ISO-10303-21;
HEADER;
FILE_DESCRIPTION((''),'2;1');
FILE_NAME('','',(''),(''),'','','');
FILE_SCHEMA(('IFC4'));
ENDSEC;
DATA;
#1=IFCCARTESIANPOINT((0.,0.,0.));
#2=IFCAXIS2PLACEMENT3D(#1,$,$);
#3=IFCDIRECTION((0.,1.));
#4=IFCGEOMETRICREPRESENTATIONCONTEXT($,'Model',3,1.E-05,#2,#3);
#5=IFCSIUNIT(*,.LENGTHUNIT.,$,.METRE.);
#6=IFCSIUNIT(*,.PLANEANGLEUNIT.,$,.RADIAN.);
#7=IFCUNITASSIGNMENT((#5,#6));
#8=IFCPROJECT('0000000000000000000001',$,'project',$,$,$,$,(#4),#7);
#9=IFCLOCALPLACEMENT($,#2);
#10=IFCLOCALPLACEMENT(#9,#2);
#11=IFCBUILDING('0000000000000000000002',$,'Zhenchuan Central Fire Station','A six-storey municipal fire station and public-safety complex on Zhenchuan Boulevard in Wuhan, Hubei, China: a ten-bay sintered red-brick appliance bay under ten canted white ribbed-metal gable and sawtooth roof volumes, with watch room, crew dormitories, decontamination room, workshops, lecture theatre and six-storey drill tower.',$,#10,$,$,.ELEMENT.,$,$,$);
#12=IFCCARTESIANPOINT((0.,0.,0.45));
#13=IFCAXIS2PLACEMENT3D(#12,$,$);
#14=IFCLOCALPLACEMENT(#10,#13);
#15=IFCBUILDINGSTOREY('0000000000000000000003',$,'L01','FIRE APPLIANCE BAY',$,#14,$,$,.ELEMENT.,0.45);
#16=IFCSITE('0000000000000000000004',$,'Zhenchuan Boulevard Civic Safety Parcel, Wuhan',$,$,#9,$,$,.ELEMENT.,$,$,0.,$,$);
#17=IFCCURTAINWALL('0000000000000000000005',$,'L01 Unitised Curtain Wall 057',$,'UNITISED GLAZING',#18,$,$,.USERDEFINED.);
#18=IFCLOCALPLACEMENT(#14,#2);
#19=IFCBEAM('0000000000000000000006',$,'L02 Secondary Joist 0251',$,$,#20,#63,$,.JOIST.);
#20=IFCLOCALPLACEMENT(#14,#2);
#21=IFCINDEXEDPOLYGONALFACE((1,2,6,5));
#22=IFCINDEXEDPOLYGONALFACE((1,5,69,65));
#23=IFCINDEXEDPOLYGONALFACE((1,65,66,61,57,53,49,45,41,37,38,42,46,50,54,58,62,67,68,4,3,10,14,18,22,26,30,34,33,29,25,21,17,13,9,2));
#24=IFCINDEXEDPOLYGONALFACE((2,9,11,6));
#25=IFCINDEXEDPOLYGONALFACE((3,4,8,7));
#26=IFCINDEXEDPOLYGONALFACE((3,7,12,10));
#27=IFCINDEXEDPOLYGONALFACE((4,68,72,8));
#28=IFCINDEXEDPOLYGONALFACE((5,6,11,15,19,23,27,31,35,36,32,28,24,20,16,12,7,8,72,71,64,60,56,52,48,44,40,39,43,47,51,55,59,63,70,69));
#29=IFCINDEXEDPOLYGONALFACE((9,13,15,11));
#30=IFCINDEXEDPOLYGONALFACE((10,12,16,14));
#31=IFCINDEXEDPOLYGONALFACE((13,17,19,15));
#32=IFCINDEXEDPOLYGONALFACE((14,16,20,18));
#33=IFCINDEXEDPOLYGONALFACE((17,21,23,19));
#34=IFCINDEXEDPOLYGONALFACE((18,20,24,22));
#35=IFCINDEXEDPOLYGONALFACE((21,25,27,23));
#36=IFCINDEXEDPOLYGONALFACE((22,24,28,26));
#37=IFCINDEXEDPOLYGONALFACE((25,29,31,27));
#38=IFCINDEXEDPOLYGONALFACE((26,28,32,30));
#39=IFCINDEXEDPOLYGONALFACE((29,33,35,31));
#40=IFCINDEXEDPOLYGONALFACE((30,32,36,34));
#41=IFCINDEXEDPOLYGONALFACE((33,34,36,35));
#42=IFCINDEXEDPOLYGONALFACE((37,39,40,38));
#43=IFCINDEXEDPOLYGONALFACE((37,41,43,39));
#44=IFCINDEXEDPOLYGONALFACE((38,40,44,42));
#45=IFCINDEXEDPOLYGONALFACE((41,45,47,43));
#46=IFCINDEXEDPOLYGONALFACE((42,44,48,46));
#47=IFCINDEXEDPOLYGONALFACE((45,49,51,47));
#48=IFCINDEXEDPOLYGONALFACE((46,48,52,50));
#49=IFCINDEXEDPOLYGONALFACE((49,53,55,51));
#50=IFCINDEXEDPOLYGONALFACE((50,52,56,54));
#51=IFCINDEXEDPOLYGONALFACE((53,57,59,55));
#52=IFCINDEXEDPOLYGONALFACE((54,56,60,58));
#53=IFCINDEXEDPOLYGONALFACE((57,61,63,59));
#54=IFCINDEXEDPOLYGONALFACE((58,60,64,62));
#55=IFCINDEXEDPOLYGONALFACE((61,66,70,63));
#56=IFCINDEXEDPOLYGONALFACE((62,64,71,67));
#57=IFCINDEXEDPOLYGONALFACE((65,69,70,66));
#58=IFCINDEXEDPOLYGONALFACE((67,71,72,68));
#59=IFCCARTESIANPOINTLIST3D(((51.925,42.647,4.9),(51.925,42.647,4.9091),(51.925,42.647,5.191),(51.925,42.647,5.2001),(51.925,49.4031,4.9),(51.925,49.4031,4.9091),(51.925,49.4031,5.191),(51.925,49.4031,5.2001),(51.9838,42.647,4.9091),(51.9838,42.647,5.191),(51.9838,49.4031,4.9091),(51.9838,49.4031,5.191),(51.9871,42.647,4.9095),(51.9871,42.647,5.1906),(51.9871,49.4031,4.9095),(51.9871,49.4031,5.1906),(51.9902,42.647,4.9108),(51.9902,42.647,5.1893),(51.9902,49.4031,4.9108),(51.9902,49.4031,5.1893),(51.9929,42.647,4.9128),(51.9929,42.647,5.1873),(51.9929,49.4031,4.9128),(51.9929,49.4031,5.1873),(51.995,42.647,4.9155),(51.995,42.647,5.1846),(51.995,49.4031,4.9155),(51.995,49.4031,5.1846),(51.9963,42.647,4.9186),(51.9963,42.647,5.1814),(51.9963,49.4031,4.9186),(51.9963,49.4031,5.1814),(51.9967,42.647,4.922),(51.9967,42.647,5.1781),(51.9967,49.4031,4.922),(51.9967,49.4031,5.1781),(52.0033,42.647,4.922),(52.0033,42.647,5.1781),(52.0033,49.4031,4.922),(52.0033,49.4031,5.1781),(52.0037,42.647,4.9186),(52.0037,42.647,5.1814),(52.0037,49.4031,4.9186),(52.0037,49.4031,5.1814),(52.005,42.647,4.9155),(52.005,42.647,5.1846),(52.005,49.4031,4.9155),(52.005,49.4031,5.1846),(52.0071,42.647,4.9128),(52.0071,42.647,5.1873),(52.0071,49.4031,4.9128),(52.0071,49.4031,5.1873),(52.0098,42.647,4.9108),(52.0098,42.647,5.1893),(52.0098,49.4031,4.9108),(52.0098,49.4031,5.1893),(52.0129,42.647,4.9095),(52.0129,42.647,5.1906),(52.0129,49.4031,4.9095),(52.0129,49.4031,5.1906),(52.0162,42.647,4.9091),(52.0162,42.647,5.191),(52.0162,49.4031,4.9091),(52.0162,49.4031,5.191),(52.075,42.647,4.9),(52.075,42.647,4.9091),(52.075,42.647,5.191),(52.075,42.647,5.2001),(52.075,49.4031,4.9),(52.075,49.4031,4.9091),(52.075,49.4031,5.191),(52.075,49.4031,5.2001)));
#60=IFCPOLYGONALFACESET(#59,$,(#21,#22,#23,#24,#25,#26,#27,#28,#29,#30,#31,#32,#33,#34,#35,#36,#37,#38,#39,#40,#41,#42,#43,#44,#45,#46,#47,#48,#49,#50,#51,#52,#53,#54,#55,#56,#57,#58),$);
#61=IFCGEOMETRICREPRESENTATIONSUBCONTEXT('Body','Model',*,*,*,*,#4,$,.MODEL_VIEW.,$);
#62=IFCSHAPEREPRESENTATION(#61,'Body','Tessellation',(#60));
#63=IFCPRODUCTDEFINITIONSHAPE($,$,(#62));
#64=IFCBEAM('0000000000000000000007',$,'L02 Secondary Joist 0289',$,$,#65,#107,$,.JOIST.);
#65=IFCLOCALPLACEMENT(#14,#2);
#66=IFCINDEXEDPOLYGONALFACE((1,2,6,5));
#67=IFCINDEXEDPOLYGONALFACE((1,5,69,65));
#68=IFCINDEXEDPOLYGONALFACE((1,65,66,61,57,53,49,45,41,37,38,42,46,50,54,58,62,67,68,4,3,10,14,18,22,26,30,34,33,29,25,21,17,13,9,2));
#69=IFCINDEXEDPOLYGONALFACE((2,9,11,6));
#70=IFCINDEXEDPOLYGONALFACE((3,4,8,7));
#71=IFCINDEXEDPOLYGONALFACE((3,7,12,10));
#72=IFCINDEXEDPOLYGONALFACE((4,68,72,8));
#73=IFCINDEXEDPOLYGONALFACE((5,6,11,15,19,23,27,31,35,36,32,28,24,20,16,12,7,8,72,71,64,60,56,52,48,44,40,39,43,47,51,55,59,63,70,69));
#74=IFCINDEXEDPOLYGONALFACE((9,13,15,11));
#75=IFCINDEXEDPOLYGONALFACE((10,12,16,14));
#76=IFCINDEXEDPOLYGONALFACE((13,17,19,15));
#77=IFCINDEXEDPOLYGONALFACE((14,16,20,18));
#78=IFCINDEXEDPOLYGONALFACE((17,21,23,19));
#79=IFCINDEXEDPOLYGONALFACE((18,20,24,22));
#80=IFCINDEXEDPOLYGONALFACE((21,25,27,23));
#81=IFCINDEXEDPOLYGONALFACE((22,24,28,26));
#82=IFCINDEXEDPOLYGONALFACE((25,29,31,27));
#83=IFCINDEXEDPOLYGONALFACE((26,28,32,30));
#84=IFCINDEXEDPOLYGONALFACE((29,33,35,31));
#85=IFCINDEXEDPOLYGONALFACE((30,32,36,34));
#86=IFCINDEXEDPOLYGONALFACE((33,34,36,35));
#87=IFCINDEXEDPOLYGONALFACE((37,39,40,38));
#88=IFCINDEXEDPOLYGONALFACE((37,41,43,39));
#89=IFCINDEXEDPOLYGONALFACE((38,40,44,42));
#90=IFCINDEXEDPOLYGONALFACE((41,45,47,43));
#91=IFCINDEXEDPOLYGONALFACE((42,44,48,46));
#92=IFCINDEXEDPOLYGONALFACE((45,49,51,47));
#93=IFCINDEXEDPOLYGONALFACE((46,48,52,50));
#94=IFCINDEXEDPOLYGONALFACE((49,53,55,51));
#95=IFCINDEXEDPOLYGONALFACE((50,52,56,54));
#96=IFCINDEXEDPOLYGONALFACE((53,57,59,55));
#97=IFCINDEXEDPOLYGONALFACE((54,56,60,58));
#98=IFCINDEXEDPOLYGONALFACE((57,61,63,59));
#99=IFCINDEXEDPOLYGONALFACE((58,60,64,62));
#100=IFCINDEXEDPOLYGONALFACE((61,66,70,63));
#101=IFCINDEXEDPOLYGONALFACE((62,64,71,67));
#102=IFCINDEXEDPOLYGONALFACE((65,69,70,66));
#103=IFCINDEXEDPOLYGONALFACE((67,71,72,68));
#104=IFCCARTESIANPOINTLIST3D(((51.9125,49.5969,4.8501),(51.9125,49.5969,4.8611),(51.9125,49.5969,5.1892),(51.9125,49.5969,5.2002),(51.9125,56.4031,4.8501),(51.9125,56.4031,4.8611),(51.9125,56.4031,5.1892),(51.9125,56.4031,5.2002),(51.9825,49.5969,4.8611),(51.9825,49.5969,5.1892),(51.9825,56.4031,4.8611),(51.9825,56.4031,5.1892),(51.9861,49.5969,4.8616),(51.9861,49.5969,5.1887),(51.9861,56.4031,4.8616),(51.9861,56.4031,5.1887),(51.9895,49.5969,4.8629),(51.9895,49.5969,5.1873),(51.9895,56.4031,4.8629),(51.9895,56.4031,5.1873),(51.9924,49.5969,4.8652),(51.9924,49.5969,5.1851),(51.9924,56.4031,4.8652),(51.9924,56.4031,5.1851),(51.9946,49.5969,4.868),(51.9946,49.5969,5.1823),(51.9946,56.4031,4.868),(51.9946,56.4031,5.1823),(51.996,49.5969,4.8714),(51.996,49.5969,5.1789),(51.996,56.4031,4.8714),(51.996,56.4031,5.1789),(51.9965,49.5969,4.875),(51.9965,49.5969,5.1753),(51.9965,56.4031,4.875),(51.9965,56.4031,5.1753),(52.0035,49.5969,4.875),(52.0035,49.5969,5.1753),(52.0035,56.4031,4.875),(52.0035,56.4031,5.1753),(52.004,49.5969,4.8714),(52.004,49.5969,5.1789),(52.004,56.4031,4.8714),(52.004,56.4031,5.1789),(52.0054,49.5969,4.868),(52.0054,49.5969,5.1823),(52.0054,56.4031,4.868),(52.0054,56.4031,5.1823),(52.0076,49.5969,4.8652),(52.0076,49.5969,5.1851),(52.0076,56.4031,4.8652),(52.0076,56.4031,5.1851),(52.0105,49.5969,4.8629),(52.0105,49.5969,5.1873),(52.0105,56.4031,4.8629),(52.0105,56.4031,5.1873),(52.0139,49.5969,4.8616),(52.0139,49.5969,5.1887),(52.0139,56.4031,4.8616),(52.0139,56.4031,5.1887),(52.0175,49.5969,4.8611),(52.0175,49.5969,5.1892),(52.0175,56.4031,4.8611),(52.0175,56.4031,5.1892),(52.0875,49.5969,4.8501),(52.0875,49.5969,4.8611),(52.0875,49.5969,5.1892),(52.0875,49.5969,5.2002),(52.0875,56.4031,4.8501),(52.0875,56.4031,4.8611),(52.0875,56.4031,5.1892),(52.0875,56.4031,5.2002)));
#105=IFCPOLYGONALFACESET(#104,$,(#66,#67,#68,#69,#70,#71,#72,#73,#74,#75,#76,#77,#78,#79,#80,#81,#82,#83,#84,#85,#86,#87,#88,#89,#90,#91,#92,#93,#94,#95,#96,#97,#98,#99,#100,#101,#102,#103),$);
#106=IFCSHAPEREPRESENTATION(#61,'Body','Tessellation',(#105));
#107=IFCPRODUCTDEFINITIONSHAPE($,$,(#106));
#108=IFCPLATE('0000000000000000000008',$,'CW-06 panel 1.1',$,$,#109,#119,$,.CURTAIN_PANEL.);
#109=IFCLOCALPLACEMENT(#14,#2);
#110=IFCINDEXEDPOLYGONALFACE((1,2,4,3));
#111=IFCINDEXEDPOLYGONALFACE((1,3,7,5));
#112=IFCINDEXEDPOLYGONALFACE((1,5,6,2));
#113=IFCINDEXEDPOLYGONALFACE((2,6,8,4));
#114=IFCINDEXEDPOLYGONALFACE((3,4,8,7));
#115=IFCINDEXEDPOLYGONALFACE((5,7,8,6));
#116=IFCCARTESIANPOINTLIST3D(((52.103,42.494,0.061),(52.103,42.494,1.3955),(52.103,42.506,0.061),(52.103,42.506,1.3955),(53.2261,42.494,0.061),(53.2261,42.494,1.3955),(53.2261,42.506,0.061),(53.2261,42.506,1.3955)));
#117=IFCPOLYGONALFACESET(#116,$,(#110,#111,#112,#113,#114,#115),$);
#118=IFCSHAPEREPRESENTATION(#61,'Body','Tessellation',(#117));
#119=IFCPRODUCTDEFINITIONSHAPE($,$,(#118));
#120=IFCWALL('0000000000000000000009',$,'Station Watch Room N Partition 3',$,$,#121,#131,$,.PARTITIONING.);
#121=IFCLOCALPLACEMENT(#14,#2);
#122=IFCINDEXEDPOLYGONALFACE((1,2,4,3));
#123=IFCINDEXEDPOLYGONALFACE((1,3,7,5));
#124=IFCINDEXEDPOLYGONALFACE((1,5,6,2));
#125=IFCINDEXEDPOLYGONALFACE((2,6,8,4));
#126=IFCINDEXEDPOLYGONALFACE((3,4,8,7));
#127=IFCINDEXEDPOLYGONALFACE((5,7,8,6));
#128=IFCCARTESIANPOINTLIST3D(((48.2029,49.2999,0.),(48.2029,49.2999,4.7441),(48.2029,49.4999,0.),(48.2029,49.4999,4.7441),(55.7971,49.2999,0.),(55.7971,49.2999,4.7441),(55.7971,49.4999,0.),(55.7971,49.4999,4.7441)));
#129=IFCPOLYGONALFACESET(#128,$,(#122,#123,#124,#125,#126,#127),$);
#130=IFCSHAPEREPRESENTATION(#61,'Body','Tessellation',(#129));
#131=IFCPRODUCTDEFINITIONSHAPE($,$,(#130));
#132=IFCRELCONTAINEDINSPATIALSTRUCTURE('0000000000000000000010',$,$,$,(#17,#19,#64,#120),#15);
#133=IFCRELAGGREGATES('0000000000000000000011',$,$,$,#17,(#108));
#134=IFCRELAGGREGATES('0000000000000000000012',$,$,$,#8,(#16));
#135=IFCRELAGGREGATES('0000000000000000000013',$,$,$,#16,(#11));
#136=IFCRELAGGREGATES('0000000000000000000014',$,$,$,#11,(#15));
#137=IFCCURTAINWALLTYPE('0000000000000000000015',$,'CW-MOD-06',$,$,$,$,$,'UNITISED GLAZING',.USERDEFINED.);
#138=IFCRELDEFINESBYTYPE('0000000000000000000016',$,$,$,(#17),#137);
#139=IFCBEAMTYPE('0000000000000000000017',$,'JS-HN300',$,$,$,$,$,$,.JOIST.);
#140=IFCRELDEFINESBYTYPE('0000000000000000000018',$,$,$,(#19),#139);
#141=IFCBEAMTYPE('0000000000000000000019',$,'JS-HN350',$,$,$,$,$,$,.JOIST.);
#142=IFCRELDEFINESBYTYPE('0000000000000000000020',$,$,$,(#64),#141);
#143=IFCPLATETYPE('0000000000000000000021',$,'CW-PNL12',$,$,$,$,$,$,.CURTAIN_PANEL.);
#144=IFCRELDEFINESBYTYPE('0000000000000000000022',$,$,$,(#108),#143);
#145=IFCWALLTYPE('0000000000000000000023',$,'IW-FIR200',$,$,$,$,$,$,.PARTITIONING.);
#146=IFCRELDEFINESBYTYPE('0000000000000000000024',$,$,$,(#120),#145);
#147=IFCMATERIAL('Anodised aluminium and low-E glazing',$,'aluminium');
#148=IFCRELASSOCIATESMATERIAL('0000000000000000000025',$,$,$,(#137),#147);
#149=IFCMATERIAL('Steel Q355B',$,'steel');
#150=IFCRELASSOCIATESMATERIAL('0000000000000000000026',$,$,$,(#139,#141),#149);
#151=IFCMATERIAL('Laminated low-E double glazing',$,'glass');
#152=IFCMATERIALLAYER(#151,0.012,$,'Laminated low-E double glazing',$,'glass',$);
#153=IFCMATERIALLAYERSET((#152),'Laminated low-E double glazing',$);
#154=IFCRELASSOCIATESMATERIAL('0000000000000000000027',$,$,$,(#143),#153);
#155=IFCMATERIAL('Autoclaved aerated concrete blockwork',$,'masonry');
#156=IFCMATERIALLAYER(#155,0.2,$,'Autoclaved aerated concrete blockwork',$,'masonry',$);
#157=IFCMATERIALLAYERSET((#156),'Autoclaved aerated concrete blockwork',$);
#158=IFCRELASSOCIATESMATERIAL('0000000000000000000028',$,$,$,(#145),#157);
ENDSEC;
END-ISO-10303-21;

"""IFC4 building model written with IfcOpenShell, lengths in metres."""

from ifc_helpers import new_model, si_unit, direction, frame, frame_2d, origin, origin_2d, place, context, subcontext, project, spatial, rectangle, i_section, extrude, material, layer, layer_set, material_profile, profile_set, type_object, element, aggregate, save


model = new_model("IFC4")

# Units and contexts
model_context = context("Model", 3, precision=1e-05, world=origin(), true_north=direction((0.0, 1.0)))
body_context = subcontext(model_context, "Body", "Model", "MODEL_VIEW")
ifc_project = project(units=[si_unit("LENGTHUNIT", "METRE"), si_unit("PLANEANGLEUNIT", "RADIAN")], contexts=[model_context])

# Site, building, storey
site_placement = place(None, origin())
site = spatial("IfcSite", under=ifc_project, at=site_placement, Name="Zhenchuan Boulevard Civic Safety Parcel, Wuhan", CompositionType="ELEMENT", RefElevation=0.0)
building_placement = place(site_placement, origin())
building = spatial("IfcBuilding", under=site, at=building_placement, Name="Zhenchuan Central Fire Station", Description="A six-storey municipal fire station and public-safety complex on Zhenchuan Boulevard in Wuhan, Hubei, China: a ten-bay sintered red-brick appliance bay under ten canted white ribbed-metal gable and sawtooth roof volumes, with watch room, crew dormitories, decontamination room, workshops, lecture theatre and six-storey drill tower.", CompositionType="ELEMENT")
storey_placement = place(building_placement, frame((0.0, 0.0, 0.45)))
storey = spatial("IfcBuildingStorey", under=building, at=storey_placement, Name="L01", Description="FIRE APPLIANCE BAY", CompositionType="ELEMENT", Elevation=0.45)

# Shared definitions
ifc_material_1 = material(Name="Steel Q355B", Category="steel")

# Curtain wall
ifc_material_2 = material(Name="Anodised aluminium and low-E glazing", Category="aluminium")
curtain_wall_type = type_object("IfcCurtainWallType", Name="CW-MOD-06", ElementType="UNITISED GLAZING", PredefinedType="USERDEFINED", material=ifc_material_2)
curtain_wall_placement = place(storey_placement, origin())
curtain_wall = element("IfcCurtainWall", 1, at=curtain_wall_placement, inside=storey, type_object=curtain_wall_type, Name="L01 Unitised Curtain Wall 057", ObjectType="UNITISED GLAZING", PredefinedType="USERDEFINED")

# Beams
ifc_material_profile_1 = material_profile(ifc_material_1, i_section(OverallWidth=0.1499, OverallDepth=0.3, WebThickness=0.0066, FlangeThickness=0.009, FilletRadius=0.0129, at=origin_2d()), Name="HN 300x150")
ifc_profile_set_1 = profile_set([ifc_material_profile_1], Name="Steel Q355B")
beam_type_1 = type_object("IfcBeamType", Name="JS-HN300", PredefinedType="JOIST", material=ifc_profile_set_1)
beam_1_placement = place(storey_placement, frame((52.0, 42.647, 5.05), z_axis=(0.0, 1.0, 0.0), x_axis=(-1.0, 0.0, 0.0)))
element("IfcBeam", 2, at=beam_1_placement, inside=storey, type_object=beam_type_1, Name="L02 Secondary Joist 0251", PredefinedType="JOIST", context=body_context, shape_type="SweptSolid", body=[
    extrude(i_section(OverallWidth=0.1499, OverallDepth=0.3, WebThickness=0.0066, FlangeThickness=0.009, FilletRadius=0.0129, at=origin_2d()), origin(), (0.0, 0.0, 1.0), 6.7561),
])
ifc_material_profile_2 = material_profile(ifc_material_1, i_section(OverallWidth=0.175, OverallDepth=0.3501, WebThickness=0.0071, FlangeThickness=0.011, FilletRadius=0.0139, at=origin_2d()), Name="HN 350x175")
ifc_profile_set_2 = profile_set([ifc_material_profile_2], Name="Steel Q355B")
beam_type_2 = type_object("IfcBeamType", Name="JS-HN350", PredefinedType="JOIST", material=ifc_profile_set_2)
beam_2_placement = place(storey_placement, frame((52.0, 49.5969, 5.0251), z_axis=(0.0, 1.0, 0.0), x_axis=(-1.0, 0.0, 0.0)))
element("IfcBeam", 3, at=beam_2_placement, inside=storey, type_object=beam_type_2, Name="L02 Secondary Joist 0289", PredefinedType="JOIST", context=body_context, shape_type="SweptSolid", body=[
    extrude(i_section(OverallWidth=0.175, OverallDepth=0.3501, WebThickness=0.0071, FlangeThickness=0.011, FilletRadius=0.0139, at=origin_2d()), origin(), (0.0, 0.0, 1.0), 6.8062),
])

# Plate
ifc_material_3 = material(Name="Laminated low-E double glazing", Category="glass")
ifc_layer_1 = layer(ifc_material_3, 0.012, Name="Laminated low-E double glazing", Category="glass")
ifc_layer_set_1 = layer_set([ifc_layer_1], Name="Laminated low-E double glazing")
plate_type = type_object("IfcPlateType", Name="CW-PNL12", PredefinedType="CURTAIN_PANEL", material=ifc_layer_set_1)
plate_placement = place(storey_placement, frame((52.6646, 42.5, 0.061), z_axis=(0.0, 0.0, 1.0), x_axis=(1.0, 0.0, 0.0)))
plate = element("IfcPlate", 4, at=plate_placement, type_object=plate_type, Name="CW-06 panel 1.1", PredefinedType="CURTAIN_PANEL", context=body_context, shape_type="SweptSolid", body=[
    extrude(rectangle(XDim=1.123, YDim=0.012, at=origin_2d()), origin(), (0.0, 0.0, 1.0), 1.3345),
])
aggregate(curtain_wall, [plate])

# Wall
ifc_material_4 = material(Name="Autoclaved aerated concrete blockwork", Category="masonry")
ifc_layer_2 = layer(ifc_material_4, 0.2, Name="Autoclaved aerated concrete blockwork", Category="masonry")
ifc_layer_set_2 = layer_set([ifc_layer_2], Name="Autoclaved aerated concrete blockwork")
wall_type = type_object("IfcWallType", Name="IW-FIR200", PredefinedType="PARTITIONING", material=ifc_layer_set_2)
wall_placement = place(storey_placement, frame((48.2029, 49.3999, 0.0), z_axis=(0.0, 0.0, 1.0), x_axis=(1.0, 0.0, 0.0)))
element("IfcWall", 5, at=wall_placement, inside=storey, type_object=wall_type, Name="Station Watch Room N Partition 3", PredefinedType="PARTITIONING", context=body_context, shape_type="SweptSolid", body=[
    extrude(rectangle(XDim=7.5942, YDim=0.2, at=frame_2d((3.7971, 0.0))), origin(), (0.0, 0.0, 1.0), 4.7441),
])

save(model, "model.ifc")
